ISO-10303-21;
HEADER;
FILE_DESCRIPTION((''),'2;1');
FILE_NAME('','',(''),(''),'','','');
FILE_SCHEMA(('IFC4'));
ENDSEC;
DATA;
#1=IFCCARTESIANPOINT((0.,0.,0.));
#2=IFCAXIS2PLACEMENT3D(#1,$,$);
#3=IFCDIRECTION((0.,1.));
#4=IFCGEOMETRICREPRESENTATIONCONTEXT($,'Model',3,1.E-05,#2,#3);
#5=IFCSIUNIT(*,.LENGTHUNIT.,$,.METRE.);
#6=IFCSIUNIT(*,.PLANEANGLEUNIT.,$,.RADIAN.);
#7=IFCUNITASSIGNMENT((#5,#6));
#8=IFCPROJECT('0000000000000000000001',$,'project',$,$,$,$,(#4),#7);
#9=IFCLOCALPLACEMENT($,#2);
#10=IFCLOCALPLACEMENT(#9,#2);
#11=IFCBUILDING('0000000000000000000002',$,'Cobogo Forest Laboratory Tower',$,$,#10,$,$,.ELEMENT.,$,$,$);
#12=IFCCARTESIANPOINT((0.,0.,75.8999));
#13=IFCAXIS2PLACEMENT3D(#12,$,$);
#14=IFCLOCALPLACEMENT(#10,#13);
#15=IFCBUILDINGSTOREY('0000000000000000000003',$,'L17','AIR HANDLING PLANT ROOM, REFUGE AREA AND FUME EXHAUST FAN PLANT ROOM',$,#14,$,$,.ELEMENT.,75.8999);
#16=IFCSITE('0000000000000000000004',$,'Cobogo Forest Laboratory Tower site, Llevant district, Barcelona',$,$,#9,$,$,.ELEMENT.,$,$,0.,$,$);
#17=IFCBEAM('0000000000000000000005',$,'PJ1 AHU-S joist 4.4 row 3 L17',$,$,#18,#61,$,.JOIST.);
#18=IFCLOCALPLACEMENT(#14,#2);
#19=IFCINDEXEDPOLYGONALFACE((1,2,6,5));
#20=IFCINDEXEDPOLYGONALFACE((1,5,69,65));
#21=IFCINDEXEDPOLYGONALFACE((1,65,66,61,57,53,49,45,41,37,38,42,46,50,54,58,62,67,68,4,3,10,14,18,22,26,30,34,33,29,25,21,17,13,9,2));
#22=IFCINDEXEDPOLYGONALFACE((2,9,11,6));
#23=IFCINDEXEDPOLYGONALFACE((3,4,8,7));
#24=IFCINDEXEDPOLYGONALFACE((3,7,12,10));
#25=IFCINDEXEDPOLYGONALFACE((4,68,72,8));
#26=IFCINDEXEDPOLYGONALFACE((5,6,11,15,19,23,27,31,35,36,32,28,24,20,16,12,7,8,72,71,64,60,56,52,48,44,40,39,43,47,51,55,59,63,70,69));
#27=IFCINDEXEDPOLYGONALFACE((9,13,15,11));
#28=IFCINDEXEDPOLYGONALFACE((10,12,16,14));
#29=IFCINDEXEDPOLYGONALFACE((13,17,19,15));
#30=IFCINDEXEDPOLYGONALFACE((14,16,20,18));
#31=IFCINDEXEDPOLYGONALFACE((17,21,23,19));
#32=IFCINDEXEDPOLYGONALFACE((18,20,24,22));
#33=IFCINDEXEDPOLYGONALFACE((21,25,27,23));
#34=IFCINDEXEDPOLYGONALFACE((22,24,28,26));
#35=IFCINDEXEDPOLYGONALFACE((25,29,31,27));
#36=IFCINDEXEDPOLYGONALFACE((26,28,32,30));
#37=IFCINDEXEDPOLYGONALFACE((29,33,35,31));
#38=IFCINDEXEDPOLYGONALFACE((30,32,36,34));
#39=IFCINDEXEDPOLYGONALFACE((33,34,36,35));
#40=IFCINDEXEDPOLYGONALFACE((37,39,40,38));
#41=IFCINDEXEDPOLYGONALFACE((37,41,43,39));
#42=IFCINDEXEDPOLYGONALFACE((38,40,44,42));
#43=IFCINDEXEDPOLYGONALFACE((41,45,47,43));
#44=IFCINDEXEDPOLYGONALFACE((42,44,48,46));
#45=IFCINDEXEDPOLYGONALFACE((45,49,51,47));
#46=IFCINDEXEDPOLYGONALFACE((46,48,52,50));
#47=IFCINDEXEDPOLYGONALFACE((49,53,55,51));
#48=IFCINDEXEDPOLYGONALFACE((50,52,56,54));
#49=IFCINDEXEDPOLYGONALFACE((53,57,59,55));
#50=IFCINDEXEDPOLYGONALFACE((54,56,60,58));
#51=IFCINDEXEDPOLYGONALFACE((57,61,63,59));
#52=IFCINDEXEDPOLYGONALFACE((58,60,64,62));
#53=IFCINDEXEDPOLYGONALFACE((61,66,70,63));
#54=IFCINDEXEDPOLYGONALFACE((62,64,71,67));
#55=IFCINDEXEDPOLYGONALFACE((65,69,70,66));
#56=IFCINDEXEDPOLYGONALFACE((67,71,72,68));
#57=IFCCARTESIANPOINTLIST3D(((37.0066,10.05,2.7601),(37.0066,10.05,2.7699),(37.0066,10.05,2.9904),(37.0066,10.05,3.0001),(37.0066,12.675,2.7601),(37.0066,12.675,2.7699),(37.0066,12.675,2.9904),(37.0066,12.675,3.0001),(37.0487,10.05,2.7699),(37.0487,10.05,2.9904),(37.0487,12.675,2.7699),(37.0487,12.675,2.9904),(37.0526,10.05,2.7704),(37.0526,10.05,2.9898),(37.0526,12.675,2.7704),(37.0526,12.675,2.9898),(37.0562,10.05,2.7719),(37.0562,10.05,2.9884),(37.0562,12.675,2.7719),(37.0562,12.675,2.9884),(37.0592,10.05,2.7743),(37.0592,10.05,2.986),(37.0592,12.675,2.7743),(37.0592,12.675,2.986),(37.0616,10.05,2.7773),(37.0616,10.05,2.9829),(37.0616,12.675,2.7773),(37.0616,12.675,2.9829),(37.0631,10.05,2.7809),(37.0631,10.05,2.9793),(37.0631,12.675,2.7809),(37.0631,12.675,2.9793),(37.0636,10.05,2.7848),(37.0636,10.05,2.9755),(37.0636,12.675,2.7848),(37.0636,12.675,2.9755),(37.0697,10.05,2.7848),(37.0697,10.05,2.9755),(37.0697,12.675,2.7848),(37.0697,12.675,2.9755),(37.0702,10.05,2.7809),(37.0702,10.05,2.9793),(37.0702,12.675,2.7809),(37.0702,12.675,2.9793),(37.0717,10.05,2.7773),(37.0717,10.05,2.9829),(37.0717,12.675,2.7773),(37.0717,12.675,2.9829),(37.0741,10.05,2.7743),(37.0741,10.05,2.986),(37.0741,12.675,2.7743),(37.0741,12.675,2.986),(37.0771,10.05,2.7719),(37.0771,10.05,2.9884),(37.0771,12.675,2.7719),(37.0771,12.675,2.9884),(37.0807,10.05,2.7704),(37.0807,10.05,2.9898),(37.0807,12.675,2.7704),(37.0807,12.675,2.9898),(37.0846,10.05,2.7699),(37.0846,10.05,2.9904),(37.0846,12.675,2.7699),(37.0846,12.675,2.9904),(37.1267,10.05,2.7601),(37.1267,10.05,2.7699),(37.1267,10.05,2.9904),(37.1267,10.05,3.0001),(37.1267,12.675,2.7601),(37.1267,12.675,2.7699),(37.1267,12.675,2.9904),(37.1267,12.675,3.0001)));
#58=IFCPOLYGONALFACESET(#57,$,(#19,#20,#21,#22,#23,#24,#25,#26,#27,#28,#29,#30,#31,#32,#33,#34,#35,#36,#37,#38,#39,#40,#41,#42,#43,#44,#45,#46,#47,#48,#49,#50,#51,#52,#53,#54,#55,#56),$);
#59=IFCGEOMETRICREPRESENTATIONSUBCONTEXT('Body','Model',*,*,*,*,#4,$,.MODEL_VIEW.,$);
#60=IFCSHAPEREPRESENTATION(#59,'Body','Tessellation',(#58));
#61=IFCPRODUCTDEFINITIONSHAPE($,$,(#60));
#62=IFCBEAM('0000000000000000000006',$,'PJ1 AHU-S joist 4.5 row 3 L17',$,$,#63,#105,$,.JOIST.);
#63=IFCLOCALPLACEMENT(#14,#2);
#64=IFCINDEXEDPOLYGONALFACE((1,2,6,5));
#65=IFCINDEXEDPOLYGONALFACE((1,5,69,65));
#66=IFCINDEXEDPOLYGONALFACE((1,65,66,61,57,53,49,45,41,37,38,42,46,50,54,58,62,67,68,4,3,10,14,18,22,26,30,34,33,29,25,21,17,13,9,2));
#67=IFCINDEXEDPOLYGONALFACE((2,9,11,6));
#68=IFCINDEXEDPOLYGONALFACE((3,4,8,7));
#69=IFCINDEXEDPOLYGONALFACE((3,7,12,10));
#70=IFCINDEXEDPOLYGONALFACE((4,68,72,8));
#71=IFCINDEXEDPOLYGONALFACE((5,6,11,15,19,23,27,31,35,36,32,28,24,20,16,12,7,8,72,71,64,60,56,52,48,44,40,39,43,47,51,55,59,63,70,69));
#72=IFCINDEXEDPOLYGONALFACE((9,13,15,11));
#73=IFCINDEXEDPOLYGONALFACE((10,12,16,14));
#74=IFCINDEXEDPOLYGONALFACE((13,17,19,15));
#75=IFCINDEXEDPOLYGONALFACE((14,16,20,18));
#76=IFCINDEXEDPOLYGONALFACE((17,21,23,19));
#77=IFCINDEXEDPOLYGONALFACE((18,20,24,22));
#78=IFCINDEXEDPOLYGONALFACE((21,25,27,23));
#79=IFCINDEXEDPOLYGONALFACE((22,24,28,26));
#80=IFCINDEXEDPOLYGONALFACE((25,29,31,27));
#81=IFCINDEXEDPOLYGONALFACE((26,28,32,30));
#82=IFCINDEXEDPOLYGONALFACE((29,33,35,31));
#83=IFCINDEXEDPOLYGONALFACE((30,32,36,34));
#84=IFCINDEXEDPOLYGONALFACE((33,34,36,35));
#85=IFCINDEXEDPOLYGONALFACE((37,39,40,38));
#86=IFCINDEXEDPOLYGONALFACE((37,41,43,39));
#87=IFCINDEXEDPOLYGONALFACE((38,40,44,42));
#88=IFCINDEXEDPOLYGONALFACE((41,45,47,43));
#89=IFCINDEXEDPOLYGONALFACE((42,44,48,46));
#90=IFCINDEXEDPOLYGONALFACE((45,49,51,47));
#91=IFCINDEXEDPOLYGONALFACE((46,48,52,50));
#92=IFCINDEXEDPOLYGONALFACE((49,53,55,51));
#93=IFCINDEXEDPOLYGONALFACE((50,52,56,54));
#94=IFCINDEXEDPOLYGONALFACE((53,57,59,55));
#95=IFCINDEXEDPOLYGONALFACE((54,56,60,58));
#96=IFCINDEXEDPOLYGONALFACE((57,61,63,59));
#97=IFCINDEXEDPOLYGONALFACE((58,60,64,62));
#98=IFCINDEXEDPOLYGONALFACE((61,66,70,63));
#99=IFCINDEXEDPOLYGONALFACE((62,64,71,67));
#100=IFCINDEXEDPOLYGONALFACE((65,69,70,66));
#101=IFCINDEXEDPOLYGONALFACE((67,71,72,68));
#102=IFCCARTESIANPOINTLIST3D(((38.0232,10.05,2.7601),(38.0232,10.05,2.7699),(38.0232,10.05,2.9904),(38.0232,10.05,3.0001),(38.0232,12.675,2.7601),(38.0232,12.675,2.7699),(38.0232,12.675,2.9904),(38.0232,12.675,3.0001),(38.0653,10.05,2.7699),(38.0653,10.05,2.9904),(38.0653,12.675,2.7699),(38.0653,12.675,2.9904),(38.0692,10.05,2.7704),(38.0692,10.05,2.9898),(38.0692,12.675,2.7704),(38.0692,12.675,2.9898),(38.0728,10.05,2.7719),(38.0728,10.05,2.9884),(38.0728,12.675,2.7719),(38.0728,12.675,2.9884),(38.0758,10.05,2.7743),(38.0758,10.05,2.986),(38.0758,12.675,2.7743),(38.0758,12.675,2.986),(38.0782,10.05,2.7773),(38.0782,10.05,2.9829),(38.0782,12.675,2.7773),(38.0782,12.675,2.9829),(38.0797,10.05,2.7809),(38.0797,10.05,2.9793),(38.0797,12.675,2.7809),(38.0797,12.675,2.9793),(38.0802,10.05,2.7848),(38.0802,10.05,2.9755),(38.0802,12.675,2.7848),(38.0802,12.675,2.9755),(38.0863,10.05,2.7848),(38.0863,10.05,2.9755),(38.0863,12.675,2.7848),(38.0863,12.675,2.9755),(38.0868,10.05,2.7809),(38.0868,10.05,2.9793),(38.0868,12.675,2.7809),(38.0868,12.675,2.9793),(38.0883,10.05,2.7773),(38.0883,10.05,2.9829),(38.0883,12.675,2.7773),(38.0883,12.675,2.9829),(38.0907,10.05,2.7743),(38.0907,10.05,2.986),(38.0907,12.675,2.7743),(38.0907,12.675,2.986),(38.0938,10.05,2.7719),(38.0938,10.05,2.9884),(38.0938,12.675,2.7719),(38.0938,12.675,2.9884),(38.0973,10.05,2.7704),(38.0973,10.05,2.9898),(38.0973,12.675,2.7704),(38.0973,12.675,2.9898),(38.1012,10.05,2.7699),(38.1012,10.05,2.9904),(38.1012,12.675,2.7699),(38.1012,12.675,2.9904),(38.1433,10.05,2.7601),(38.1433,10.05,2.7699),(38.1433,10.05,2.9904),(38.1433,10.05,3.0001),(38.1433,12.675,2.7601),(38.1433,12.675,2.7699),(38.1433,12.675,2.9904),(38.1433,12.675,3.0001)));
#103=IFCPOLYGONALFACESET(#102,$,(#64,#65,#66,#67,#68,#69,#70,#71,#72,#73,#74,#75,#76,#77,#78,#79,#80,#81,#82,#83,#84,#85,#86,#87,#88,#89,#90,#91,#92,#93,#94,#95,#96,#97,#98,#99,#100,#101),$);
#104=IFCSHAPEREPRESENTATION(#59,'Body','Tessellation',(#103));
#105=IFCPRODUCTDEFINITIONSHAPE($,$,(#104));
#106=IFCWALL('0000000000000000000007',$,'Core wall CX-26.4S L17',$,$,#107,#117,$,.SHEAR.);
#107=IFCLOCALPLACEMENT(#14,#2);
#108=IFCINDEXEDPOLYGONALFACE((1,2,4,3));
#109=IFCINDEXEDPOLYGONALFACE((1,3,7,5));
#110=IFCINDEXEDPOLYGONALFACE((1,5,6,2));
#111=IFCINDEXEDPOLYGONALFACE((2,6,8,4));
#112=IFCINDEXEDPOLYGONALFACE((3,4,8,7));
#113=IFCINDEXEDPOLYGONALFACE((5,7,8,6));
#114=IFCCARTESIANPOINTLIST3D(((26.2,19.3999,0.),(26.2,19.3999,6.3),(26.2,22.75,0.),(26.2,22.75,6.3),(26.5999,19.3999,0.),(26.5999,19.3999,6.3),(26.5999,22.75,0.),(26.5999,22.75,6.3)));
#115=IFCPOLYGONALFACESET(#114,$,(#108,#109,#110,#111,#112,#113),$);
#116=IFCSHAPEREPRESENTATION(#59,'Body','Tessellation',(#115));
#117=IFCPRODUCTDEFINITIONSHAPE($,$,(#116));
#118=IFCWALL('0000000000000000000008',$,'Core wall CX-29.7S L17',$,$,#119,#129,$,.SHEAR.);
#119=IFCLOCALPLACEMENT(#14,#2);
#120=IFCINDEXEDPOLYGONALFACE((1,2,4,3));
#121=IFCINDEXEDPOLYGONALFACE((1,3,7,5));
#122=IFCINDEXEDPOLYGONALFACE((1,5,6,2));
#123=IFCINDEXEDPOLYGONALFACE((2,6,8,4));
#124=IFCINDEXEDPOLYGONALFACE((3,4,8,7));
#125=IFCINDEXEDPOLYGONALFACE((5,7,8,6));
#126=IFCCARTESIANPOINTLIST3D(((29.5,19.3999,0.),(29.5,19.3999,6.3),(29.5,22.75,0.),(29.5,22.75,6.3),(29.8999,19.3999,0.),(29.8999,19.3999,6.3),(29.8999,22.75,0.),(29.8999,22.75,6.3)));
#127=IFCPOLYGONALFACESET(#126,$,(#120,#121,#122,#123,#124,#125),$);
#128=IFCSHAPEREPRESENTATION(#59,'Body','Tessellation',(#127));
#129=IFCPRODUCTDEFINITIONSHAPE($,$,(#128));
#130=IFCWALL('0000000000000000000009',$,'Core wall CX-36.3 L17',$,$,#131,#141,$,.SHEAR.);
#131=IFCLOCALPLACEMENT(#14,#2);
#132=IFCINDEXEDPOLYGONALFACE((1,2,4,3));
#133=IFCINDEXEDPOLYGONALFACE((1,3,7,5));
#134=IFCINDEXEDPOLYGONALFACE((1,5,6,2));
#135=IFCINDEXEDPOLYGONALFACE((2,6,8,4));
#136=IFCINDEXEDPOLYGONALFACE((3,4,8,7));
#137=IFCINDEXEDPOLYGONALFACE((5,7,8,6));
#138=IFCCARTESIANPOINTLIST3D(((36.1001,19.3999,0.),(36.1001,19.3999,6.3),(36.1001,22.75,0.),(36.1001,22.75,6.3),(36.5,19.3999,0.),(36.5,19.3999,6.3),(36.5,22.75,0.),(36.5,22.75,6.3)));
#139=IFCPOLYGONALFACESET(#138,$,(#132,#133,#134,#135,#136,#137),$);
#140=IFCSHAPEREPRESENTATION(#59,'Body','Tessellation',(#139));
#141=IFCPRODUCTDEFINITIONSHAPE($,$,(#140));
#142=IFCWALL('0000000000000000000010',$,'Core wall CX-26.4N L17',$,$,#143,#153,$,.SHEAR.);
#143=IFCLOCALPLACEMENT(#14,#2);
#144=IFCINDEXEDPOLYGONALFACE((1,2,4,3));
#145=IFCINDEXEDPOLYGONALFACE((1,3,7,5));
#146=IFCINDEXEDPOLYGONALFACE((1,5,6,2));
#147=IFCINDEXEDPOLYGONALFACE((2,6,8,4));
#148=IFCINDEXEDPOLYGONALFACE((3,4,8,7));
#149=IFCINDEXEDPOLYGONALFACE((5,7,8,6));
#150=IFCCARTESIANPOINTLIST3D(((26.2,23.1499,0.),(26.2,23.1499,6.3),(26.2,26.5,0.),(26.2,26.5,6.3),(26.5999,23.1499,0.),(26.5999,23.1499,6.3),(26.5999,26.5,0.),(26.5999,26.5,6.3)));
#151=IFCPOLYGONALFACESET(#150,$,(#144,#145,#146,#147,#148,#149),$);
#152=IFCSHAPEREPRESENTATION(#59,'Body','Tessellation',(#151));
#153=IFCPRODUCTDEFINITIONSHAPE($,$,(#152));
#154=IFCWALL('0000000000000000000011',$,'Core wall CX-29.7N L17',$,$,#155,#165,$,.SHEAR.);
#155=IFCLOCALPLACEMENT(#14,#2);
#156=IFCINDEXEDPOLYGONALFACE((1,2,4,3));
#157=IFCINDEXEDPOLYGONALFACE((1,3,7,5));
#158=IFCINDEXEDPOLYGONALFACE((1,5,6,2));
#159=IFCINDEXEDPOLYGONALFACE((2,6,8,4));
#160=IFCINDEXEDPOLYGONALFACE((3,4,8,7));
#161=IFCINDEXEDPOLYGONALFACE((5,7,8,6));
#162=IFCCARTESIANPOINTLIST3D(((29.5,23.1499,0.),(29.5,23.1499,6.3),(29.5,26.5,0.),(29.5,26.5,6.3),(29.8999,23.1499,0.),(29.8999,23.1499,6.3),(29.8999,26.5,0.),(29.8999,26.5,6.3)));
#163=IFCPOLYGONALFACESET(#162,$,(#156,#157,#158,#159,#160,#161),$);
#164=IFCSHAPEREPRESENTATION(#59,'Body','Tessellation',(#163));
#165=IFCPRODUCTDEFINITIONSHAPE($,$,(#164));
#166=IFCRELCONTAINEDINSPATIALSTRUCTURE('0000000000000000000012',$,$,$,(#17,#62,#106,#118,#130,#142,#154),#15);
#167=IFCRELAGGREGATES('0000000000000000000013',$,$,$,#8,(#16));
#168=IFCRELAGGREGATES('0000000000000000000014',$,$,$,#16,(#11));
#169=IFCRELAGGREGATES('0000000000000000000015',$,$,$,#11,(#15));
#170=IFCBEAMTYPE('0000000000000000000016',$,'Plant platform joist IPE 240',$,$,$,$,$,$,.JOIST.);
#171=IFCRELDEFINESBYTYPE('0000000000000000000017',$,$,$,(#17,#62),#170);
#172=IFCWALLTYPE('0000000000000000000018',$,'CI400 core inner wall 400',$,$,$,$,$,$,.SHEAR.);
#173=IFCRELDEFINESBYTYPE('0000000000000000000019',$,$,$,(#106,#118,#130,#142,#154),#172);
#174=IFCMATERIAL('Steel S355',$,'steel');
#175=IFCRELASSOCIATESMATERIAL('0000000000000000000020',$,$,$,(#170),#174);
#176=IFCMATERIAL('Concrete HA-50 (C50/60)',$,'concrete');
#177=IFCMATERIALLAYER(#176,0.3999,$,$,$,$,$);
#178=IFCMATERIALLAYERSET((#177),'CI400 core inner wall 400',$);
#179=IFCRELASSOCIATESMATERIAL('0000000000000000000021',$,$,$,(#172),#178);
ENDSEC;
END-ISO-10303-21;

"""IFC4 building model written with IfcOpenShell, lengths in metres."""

from ifc_helpers import new_model, si_unit, direction, frame, frame_2d, origin, origin_2d, place, context, subcontext, project, spatial, rectangle, i_section, extrude, material, layer, layer_set, material_profile, profile_set, type_object, element, save


model = new_model("IFC4")

# Units and contexts
model_context = context("Model", 3, precision=1e-05, world=origin(), true_north=direction((0.0, 1.0)))
body_context = subcontext(model_context, "Body", "Model", "MODEL_VIEW")
ifc_project = project(units=[si_unit("LENGTHUNIT", "METRE"), si_unit("PLANEANGLEUNIT", "RADIAN")], contexts=[model_context])

# Site, building, storey
site_placement = place(None, origin())
site = spatial("IfcSite", under=ifc_project, at=site_placement, Name="Cobogo Forest Laboratory Tower site, Llevant district, Barcelona", CompositionType="ELEMENT", RefElevation=0.0)
building_placement = place(site_placement, origin())
building = spatial("IfcBuilding", under=site, at=building_placement, Name="Cobogo Forest Laboratory Tower", CompositionType="ELEMENT")
storey_placement = place(building_placement, frame((0.0, 0.0, 75.8999)))
storey = spatial("IfcBuildingStorey", under=building, at=storey_placement, Name="L17", Description="AIR HANDLING PLANT ROOM, REFUGE AREA AND FUME EXHAUST FAN PLANT ROOM", CompositionType="ELEMENT", Elevation=75.8999)

# Shared definitions
ifc_material_1 = material(Name="Steel S355", Category="steel")

# Beams
ifc_material_profile_1 = material_profile(ifc_material_1, i_section(OverallWidth=0.1201, OverallDepth=0.24, WebThickness=0.0061, FlangeThickness=0.0098, FilletRadius=0.0149, at=origin_2d()), Name="IPE 240")
ifc_profile_set_1 = profile_set([ifc_material_profile_1], Name="Steel S355")
beam_type_1 = type_object("IfcBeamType", Name="Plant platform joist IPE 240", PredefinedType="JOIST", material=ifc_profile_set_1)
for number, where, z_axis, x_axis, name in (
    (1, (37.0667, 10.05, 2.8801), (0.0, 1.0, 0.0), (-1.0, 0.0, 0.0), "PJ1 AHU-S joist 4.4 row 3 L17"),
    (2, (38.0833, 10.05, 2.8801), (0.0, 1.0, 0.0), (-1.0, 0.0, 0.0), "PJ1 AHU-S joist 4.5 row 3 L17"),
):
    element("IfcBeam", number, at=place(storey_placement, frame(where, z_axis=z_axis, x_axis=x_axis)), inside=storey, type_object=beam_type_1, Name=name, PredefinedType="JOIST", context=body_context, shape_type="SweptSolid", body=[
        extrude(i_section(OverallWidth=0.1201, OverallDepth=0.24, WebThickness=0.0061, FlangeThickness=0.0098, FilletRadius=0.0149, at=origin_2d()), origin(), (0.0, 0.0, 1.0), 2.625),
    ])

# Walls
ifc_material_2 = material(Name="Concrete HA-50 (C50/60)", Category="concrete")
ifc_layer_1 = layer(ifc_material_2, 0.3999)
ifc_layer_set_1 = layer_set([ifc_layer_1], Name="CI400 core inner wall 400")
wall_type_1 = type_object("IfcWallType", Name="CI400 core inner wall 400", PredefinedType="SHEAR", material=ifc_layer_set_1)
for number, where, z_axis, x_axis, name in (
    (3, (26.3999, 19.3999, 0.0), (0.0, 0.0, 1.0), (0.0, 1.0, 0.0), "Core wall CX-26.4S L17"),
    (4, (29.7, 19.3999, 0.0), (0.0, 0.0, 1.0), (0.0, 1.0, 0.0), "Core wall CX-29.7S L17"),
    (5, (36.3, 19.3999, 0.0), (0.0, 0.0, 1.0), (0.0, 1.0, 0.0), "Core wall CX-36.3 L17"),
    (6, (26.3999, 23.1499, 0.0), (0.0, 0.0, 1.0), (0.0, 1.0, 0.0), "Core wall CX-26.4N L17"),
    (7, (29.7, 23.1499, 0.0), (0.0, 0.0, 1.0), (0.0, 1.0, 0.0), "Core wall CX-29.7N L17"),
):
    element("IfcWall", number, at=place(storey_placement, frame(where, z_axis=z_axis, x_axis=x_axis)), inside=storey, type_object=wall_type_1, Name=name, PredefinedType="SHEAR", context=body_context, shape_type="SweptSolid", body=[
        extrude(rectangle(XDim=3.3501, YDim=0.3999, at=frame_2d((1.675, 0.0))), origin(), (0.0, 0.0, 1.0), 6.3),
    ])

save(model, "model.ifc")
